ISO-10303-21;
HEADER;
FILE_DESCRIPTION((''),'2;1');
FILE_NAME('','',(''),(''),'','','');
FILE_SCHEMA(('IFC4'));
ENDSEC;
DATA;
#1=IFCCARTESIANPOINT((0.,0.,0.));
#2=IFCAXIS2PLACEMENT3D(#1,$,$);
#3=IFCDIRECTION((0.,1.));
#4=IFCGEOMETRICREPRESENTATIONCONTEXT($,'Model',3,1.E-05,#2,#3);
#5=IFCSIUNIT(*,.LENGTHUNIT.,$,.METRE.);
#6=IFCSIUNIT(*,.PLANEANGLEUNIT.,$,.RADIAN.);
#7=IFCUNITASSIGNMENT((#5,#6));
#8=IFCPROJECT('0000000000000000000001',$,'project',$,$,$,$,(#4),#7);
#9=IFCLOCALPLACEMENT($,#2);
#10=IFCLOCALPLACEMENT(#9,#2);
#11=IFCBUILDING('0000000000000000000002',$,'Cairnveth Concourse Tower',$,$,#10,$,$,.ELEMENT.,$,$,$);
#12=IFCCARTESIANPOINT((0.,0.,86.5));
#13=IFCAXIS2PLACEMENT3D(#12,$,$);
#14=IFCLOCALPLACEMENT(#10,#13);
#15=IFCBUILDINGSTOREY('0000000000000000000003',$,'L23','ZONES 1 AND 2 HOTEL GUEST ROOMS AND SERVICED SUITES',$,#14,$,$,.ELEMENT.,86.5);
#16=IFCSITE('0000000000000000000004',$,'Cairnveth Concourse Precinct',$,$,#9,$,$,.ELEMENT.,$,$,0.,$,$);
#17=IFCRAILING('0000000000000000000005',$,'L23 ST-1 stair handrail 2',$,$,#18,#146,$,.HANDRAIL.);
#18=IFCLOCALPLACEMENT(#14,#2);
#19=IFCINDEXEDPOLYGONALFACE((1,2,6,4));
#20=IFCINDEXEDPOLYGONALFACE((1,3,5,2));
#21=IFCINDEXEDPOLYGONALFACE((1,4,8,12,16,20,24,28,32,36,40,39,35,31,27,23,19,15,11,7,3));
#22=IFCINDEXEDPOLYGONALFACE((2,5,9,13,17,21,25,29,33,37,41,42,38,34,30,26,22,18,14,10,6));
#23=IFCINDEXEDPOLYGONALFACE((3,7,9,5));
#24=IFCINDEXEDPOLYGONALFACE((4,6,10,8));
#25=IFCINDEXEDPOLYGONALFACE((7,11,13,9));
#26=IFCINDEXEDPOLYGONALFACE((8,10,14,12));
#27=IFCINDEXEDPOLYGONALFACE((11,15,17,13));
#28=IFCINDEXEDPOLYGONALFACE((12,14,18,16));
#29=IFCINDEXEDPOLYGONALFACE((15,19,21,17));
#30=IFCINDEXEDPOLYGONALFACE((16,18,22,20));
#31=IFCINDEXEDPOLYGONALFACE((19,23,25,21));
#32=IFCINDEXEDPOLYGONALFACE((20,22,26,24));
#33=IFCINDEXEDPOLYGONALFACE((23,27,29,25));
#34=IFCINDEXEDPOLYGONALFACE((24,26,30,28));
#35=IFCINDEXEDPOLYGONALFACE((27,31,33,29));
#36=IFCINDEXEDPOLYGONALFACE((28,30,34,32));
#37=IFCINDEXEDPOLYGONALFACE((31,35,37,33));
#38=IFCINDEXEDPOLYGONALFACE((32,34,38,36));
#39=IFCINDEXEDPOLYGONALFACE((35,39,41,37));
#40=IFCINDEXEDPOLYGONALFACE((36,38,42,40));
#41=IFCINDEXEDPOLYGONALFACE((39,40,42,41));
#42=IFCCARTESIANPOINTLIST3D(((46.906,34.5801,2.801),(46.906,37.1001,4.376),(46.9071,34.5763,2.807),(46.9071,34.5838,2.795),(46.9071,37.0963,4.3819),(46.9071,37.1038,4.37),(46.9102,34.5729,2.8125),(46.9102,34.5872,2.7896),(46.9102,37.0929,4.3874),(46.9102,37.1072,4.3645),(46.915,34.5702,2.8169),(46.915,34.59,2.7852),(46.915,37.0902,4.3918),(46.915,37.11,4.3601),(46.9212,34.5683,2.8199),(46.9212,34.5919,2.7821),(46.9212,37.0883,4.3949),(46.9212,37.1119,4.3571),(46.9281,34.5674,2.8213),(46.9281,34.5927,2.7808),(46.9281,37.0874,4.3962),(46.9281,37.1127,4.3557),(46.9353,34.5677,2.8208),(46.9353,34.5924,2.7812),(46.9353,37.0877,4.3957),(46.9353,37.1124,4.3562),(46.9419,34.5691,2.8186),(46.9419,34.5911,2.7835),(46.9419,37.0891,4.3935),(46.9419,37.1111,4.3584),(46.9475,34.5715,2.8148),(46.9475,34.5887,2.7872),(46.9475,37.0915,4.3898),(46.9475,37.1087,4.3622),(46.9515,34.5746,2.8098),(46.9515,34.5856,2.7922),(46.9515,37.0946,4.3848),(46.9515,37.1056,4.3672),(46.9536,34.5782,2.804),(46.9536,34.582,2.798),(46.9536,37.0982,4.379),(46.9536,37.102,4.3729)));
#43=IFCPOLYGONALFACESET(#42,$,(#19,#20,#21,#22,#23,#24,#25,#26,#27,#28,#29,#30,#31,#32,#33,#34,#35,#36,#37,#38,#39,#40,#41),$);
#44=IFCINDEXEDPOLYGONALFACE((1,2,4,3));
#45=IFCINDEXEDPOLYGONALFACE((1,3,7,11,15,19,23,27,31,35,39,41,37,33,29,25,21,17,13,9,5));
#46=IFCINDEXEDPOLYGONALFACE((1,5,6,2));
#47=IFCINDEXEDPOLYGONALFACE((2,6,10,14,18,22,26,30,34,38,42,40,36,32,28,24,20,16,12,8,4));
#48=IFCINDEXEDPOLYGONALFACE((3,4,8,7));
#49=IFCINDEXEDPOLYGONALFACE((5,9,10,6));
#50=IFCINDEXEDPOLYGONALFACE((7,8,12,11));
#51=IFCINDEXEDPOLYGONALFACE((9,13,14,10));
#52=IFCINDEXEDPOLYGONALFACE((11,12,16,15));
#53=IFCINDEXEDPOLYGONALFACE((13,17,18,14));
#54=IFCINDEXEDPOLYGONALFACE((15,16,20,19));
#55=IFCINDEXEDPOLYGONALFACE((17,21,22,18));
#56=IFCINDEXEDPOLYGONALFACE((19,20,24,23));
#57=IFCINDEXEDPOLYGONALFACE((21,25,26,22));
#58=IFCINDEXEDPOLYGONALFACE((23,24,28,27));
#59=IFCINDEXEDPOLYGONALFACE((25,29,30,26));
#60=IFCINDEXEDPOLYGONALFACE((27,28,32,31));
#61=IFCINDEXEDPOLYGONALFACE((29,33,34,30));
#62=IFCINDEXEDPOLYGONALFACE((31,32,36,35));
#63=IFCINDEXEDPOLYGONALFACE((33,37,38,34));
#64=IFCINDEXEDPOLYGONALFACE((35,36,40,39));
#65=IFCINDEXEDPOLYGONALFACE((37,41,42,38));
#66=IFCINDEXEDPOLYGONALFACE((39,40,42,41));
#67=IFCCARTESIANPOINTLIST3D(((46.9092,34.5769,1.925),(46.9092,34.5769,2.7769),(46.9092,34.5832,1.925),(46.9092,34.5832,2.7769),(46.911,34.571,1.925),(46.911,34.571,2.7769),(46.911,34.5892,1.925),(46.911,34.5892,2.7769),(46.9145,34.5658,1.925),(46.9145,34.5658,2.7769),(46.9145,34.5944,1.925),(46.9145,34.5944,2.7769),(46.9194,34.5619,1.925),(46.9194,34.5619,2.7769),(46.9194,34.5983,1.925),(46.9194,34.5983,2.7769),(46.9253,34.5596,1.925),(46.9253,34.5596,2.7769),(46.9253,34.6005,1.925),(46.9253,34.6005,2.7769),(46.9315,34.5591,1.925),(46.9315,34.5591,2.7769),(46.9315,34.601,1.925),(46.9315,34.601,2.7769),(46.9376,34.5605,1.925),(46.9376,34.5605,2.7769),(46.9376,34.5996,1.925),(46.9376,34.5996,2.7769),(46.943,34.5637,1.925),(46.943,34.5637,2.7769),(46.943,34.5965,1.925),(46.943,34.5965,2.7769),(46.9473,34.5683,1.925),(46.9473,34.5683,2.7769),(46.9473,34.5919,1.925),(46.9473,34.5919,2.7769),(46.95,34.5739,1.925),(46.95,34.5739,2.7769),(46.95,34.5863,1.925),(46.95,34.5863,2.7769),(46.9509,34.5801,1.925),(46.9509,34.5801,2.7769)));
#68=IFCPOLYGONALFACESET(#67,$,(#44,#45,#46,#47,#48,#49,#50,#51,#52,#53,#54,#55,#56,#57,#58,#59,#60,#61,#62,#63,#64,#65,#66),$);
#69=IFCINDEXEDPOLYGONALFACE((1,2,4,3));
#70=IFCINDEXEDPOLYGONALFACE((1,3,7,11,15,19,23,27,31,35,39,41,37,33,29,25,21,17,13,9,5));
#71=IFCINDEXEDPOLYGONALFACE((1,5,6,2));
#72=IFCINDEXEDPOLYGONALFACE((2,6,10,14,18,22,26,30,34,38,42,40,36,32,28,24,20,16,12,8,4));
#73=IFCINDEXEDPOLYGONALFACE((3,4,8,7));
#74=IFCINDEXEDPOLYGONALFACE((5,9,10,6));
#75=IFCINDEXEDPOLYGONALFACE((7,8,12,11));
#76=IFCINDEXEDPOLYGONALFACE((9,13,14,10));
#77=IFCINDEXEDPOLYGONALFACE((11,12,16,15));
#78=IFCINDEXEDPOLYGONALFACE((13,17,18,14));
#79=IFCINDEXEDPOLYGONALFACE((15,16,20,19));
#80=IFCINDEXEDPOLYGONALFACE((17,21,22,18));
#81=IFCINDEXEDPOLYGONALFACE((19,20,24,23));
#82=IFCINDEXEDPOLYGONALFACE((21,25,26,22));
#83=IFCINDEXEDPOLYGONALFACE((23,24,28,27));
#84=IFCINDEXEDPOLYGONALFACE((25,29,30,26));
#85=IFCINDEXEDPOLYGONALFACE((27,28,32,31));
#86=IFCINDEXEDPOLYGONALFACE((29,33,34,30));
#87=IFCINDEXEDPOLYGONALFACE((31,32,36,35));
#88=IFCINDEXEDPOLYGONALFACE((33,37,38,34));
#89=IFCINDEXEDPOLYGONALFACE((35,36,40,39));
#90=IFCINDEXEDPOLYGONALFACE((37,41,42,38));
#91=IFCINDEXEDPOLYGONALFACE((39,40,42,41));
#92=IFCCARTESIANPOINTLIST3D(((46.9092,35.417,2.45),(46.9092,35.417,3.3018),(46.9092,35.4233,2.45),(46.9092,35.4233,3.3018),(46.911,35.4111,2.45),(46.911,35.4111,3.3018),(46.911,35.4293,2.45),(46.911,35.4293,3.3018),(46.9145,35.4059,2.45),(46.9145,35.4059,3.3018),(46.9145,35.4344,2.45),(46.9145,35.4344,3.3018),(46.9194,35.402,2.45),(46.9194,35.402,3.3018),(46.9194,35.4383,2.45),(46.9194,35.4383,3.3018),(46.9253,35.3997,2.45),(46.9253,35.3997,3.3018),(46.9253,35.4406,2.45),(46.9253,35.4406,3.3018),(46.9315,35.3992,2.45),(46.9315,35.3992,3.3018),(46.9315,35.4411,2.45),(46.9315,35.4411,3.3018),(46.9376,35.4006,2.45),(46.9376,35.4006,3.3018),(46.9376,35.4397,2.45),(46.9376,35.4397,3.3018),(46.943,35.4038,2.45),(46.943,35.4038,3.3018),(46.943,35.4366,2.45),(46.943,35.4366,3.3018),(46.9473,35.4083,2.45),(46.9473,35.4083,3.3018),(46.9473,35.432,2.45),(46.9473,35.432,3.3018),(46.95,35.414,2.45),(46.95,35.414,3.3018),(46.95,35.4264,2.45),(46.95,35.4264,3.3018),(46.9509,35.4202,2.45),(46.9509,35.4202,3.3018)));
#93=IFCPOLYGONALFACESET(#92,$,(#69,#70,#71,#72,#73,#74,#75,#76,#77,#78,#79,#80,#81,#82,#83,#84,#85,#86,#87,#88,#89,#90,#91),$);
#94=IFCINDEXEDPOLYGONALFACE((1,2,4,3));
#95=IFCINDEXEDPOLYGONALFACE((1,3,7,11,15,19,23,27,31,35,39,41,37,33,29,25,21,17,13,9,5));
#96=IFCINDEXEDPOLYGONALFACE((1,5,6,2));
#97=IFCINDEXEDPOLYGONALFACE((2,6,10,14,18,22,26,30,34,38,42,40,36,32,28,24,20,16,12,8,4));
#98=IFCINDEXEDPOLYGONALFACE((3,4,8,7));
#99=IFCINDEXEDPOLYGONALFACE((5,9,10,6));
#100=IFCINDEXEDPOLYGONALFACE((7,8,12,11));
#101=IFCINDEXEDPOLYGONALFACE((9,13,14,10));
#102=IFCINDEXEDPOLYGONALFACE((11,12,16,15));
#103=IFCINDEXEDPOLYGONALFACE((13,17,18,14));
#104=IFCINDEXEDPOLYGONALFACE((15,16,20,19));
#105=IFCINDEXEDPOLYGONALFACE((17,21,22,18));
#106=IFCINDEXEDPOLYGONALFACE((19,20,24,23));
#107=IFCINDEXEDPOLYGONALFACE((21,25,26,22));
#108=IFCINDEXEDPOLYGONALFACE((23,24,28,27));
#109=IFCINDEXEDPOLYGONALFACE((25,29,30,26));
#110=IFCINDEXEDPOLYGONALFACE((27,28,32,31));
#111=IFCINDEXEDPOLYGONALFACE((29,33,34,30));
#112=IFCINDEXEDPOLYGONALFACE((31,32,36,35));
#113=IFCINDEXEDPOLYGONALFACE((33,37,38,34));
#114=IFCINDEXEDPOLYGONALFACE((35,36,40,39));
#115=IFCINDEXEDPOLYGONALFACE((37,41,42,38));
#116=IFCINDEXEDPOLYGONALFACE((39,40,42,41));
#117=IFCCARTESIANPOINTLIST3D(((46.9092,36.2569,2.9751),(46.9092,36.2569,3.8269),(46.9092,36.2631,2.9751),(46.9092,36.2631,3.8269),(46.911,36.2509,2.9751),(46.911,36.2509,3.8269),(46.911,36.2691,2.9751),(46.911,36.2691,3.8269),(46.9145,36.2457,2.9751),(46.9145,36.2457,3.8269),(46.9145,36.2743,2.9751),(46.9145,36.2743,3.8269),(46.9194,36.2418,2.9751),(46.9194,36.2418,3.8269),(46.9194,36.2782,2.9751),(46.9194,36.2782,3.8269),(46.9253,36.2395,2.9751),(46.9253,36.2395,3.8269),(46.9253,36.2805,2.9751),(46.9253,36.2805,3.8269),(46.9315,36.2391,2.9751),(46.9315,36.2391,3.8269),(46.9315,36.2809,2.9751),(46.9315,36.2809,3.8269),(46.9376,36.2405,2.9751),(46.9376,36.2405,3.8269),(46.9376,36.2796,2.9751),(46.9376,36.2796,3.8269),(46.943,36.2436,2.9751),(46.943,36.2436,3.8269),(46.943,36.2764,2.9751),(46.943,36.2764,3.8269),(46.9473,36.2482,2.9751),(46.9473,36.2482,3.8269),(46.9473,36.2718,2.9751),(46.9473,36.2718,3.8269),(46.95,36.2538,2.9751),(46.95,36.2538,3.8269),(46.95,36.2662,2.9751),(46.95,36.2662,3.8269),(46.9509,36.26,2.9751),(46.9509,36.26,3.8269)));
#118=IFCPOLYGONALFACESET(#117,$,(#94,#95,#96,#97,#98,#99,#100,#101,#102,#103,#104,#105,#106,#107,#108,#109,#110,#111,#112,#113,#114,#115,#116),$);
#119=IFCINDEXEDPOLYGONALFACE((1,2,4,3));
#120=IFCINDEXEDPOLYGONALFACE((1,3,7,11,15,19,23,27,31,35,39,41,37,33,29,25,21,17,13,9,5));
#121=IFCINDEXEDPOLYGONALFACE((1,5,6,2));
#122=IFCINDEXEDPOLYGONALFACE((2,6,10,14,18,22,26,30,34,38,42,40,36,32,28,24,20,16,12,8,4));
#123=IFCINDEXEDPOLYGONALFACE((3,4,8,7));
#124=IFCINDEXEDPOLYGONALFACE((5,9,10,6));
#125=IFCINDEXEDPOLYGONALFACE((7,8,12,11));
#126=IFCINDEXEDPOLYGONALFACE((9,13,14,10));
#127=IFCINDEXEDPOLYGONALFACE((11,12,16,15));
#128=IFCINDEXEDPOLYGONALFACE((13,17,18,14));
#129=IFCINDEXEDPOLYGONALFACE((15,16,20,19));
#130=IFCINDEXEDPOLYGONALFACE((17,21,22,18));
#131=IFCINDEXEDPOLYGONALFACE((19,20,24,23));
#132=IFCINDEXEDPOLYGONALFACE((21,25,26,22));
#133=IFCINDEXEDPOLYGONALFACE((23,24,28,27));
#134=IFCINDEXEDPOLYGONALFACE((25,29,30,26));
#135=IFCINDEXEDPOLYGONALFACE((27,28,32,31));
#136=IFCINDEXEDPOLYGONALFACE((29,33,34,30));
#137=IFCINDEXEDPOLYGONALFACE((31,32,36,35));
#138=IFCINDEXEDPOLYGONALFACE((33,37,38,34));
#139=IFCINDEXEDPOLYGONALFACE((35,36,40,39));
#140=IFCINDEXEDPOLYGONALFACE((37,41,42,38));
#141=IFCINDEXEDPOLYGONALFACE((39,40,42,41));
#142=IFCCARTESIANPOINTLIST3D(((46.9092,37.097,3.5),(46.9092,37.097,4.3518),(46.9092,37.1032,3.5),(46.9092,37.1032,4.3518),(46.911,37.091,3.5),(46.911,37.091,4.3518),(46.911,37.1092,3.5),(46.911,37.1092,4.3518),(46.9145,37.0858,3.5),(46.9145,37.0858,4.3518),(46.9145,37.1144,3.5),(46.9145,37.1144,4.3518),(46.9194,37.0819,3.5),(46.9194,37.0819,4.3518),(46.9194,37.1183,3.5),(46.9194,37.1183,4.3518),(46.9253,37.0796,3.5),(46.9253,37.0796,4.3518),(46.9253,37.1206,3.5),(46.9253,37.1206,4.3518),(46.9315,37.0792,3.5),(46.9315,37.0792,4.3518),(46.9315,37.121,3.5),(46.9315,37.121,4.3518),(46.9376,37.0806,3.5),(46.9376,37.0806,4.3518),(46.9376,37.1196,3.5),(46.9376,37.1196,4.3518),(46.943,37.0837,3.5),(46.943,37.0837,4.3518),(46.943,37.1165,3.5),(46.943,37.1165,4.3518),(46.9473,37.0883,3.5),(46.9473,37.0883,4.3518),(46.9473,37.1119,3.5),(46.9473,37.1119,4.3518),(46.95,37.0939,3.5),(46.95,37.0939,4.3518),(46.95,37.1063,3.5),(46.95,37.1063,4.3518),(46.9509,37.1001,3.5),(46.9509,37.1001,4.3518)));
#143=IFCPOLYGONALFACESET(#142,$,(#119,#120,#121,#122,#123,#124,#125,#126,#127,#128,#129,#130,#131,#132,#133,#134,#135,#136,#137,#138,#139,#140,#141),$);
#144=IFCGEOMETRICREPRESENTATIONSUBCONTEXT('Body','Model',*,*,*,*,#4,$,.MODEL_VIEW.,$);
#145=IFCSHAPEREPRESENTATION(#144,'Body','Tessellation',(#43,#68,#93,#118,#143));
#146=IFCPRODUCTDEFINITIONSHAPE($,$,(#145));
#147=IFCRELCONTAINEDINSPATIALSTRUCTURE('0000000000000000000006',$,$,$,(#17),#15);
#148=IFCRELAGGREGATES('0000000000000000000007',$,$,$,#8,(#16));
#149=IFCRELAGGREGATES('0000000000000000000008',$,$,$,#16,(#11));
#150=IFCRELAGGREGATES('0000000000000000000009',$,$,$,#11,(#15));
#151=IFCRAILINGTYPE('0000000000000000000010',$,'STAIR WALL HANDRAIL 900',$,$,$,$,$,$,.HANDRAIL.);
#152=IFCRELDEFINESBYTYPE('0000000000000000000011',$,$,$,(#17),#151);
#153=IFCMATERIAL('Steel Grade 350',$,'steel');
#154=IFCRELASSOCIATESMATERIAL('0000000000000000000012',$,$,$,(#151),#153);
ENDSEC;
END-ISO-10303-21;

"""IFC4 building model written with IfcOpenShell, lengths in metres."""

from ifc_helpers import new_model, si_unit, direction, frame, origin, origin_2d, place, context, subcontext, project, spatial, circle, extrude, material, type_object, element, save


model = new_model("IFC4")

# Units and contexts
model_context = context("Model", 3, precision=1e-05, world=origin(), true_north=direction((0.0, 1.0)))
body_context = subcontext(model_context, "Body", "Model", "MODEL_VIEW")
ifc_project = project(units=[si_unit("LENGTHUNIT", "METRE"), si_unit("PLANEANGLEUNIT", "RADIAN")], contexts=[model_context])

# Site, building, storey
site_placement = place(None, origin())
site = spatial("IfcSite", under=ifc_project, at=site_placement, Name="Cairnveth Concourse Precinct", CompositionType="ELEMENT", RefElevation=0.0)
building_placement = place(site_placement, origin())
building = spatial("IfcBuilding", under=site, at=building_placement, Name="Cairnveth Concourse Tower", CompositionType="ELEMENT")
storey_placement = place(building_placement, frame((0.0, 0.0, 86.5)))
storey = spatial("IfcBuildingStorey", under=building, at=storey_placement, Name="L23", Description="ZONES 1 AND 2 HOTEL GUEST ROOMS AND SERVICED SUITES", CompositionType="ELEMENT", Elevation=86.5)

# Railing
ifc_material_1 = material(Name="Steel Grade 350", Category="steel")
railing_type_1 = type_object("IfcRailingType", Name="STAIR WALL HANDRAIL 900", PredefinedType="HANDRAIL", material=ifc_material_1)
railing_1_placement = place(storey_placement, frame((46.9299, 34.5801, 1.925)))
element("IfcRailing", 1, at=railing_1_placement, inside=storey, type_object=railing_type_1, Name="L23 ST-1 stair handrail 2", PredefinedType="HANDRAIL", context=body_context, shape_type="SweptSolid", body=[
    extrude(circle(Radius=0.0239, at=origin_2d()), frame((0.0, 0.0, 0.876), z_axis=(0.0, 0.848008, 0.529984), x_axis=(-1.0, 0.0, 0.0)), (0.0, 0.0, 1.0), 2.9717),
    extrude(circle(Radius=0.021, at=origin_2d()), origin(), (0.0, 0.0, 1.0), 0.8518),
    extrude(circle(Radius=0.021, at=origin_2d()), frame((0.0, 0.8401, 0.5249)), (0.0, 0.0, 1.0), 0.8518),
    extrude(circle(Radius=0.021, at=origin_2d()), frame((0.0, 1.6799, 1.05)), (0.0, 0.0, 1.0), 0.8518),
    extrude(circle(Radius=0.021, at=origin_2d()), frame((0.0, 2.52, 1.575)), (0.0, 0.0, 1.0), 0.8518),
])

save(model, "model.ifc")
